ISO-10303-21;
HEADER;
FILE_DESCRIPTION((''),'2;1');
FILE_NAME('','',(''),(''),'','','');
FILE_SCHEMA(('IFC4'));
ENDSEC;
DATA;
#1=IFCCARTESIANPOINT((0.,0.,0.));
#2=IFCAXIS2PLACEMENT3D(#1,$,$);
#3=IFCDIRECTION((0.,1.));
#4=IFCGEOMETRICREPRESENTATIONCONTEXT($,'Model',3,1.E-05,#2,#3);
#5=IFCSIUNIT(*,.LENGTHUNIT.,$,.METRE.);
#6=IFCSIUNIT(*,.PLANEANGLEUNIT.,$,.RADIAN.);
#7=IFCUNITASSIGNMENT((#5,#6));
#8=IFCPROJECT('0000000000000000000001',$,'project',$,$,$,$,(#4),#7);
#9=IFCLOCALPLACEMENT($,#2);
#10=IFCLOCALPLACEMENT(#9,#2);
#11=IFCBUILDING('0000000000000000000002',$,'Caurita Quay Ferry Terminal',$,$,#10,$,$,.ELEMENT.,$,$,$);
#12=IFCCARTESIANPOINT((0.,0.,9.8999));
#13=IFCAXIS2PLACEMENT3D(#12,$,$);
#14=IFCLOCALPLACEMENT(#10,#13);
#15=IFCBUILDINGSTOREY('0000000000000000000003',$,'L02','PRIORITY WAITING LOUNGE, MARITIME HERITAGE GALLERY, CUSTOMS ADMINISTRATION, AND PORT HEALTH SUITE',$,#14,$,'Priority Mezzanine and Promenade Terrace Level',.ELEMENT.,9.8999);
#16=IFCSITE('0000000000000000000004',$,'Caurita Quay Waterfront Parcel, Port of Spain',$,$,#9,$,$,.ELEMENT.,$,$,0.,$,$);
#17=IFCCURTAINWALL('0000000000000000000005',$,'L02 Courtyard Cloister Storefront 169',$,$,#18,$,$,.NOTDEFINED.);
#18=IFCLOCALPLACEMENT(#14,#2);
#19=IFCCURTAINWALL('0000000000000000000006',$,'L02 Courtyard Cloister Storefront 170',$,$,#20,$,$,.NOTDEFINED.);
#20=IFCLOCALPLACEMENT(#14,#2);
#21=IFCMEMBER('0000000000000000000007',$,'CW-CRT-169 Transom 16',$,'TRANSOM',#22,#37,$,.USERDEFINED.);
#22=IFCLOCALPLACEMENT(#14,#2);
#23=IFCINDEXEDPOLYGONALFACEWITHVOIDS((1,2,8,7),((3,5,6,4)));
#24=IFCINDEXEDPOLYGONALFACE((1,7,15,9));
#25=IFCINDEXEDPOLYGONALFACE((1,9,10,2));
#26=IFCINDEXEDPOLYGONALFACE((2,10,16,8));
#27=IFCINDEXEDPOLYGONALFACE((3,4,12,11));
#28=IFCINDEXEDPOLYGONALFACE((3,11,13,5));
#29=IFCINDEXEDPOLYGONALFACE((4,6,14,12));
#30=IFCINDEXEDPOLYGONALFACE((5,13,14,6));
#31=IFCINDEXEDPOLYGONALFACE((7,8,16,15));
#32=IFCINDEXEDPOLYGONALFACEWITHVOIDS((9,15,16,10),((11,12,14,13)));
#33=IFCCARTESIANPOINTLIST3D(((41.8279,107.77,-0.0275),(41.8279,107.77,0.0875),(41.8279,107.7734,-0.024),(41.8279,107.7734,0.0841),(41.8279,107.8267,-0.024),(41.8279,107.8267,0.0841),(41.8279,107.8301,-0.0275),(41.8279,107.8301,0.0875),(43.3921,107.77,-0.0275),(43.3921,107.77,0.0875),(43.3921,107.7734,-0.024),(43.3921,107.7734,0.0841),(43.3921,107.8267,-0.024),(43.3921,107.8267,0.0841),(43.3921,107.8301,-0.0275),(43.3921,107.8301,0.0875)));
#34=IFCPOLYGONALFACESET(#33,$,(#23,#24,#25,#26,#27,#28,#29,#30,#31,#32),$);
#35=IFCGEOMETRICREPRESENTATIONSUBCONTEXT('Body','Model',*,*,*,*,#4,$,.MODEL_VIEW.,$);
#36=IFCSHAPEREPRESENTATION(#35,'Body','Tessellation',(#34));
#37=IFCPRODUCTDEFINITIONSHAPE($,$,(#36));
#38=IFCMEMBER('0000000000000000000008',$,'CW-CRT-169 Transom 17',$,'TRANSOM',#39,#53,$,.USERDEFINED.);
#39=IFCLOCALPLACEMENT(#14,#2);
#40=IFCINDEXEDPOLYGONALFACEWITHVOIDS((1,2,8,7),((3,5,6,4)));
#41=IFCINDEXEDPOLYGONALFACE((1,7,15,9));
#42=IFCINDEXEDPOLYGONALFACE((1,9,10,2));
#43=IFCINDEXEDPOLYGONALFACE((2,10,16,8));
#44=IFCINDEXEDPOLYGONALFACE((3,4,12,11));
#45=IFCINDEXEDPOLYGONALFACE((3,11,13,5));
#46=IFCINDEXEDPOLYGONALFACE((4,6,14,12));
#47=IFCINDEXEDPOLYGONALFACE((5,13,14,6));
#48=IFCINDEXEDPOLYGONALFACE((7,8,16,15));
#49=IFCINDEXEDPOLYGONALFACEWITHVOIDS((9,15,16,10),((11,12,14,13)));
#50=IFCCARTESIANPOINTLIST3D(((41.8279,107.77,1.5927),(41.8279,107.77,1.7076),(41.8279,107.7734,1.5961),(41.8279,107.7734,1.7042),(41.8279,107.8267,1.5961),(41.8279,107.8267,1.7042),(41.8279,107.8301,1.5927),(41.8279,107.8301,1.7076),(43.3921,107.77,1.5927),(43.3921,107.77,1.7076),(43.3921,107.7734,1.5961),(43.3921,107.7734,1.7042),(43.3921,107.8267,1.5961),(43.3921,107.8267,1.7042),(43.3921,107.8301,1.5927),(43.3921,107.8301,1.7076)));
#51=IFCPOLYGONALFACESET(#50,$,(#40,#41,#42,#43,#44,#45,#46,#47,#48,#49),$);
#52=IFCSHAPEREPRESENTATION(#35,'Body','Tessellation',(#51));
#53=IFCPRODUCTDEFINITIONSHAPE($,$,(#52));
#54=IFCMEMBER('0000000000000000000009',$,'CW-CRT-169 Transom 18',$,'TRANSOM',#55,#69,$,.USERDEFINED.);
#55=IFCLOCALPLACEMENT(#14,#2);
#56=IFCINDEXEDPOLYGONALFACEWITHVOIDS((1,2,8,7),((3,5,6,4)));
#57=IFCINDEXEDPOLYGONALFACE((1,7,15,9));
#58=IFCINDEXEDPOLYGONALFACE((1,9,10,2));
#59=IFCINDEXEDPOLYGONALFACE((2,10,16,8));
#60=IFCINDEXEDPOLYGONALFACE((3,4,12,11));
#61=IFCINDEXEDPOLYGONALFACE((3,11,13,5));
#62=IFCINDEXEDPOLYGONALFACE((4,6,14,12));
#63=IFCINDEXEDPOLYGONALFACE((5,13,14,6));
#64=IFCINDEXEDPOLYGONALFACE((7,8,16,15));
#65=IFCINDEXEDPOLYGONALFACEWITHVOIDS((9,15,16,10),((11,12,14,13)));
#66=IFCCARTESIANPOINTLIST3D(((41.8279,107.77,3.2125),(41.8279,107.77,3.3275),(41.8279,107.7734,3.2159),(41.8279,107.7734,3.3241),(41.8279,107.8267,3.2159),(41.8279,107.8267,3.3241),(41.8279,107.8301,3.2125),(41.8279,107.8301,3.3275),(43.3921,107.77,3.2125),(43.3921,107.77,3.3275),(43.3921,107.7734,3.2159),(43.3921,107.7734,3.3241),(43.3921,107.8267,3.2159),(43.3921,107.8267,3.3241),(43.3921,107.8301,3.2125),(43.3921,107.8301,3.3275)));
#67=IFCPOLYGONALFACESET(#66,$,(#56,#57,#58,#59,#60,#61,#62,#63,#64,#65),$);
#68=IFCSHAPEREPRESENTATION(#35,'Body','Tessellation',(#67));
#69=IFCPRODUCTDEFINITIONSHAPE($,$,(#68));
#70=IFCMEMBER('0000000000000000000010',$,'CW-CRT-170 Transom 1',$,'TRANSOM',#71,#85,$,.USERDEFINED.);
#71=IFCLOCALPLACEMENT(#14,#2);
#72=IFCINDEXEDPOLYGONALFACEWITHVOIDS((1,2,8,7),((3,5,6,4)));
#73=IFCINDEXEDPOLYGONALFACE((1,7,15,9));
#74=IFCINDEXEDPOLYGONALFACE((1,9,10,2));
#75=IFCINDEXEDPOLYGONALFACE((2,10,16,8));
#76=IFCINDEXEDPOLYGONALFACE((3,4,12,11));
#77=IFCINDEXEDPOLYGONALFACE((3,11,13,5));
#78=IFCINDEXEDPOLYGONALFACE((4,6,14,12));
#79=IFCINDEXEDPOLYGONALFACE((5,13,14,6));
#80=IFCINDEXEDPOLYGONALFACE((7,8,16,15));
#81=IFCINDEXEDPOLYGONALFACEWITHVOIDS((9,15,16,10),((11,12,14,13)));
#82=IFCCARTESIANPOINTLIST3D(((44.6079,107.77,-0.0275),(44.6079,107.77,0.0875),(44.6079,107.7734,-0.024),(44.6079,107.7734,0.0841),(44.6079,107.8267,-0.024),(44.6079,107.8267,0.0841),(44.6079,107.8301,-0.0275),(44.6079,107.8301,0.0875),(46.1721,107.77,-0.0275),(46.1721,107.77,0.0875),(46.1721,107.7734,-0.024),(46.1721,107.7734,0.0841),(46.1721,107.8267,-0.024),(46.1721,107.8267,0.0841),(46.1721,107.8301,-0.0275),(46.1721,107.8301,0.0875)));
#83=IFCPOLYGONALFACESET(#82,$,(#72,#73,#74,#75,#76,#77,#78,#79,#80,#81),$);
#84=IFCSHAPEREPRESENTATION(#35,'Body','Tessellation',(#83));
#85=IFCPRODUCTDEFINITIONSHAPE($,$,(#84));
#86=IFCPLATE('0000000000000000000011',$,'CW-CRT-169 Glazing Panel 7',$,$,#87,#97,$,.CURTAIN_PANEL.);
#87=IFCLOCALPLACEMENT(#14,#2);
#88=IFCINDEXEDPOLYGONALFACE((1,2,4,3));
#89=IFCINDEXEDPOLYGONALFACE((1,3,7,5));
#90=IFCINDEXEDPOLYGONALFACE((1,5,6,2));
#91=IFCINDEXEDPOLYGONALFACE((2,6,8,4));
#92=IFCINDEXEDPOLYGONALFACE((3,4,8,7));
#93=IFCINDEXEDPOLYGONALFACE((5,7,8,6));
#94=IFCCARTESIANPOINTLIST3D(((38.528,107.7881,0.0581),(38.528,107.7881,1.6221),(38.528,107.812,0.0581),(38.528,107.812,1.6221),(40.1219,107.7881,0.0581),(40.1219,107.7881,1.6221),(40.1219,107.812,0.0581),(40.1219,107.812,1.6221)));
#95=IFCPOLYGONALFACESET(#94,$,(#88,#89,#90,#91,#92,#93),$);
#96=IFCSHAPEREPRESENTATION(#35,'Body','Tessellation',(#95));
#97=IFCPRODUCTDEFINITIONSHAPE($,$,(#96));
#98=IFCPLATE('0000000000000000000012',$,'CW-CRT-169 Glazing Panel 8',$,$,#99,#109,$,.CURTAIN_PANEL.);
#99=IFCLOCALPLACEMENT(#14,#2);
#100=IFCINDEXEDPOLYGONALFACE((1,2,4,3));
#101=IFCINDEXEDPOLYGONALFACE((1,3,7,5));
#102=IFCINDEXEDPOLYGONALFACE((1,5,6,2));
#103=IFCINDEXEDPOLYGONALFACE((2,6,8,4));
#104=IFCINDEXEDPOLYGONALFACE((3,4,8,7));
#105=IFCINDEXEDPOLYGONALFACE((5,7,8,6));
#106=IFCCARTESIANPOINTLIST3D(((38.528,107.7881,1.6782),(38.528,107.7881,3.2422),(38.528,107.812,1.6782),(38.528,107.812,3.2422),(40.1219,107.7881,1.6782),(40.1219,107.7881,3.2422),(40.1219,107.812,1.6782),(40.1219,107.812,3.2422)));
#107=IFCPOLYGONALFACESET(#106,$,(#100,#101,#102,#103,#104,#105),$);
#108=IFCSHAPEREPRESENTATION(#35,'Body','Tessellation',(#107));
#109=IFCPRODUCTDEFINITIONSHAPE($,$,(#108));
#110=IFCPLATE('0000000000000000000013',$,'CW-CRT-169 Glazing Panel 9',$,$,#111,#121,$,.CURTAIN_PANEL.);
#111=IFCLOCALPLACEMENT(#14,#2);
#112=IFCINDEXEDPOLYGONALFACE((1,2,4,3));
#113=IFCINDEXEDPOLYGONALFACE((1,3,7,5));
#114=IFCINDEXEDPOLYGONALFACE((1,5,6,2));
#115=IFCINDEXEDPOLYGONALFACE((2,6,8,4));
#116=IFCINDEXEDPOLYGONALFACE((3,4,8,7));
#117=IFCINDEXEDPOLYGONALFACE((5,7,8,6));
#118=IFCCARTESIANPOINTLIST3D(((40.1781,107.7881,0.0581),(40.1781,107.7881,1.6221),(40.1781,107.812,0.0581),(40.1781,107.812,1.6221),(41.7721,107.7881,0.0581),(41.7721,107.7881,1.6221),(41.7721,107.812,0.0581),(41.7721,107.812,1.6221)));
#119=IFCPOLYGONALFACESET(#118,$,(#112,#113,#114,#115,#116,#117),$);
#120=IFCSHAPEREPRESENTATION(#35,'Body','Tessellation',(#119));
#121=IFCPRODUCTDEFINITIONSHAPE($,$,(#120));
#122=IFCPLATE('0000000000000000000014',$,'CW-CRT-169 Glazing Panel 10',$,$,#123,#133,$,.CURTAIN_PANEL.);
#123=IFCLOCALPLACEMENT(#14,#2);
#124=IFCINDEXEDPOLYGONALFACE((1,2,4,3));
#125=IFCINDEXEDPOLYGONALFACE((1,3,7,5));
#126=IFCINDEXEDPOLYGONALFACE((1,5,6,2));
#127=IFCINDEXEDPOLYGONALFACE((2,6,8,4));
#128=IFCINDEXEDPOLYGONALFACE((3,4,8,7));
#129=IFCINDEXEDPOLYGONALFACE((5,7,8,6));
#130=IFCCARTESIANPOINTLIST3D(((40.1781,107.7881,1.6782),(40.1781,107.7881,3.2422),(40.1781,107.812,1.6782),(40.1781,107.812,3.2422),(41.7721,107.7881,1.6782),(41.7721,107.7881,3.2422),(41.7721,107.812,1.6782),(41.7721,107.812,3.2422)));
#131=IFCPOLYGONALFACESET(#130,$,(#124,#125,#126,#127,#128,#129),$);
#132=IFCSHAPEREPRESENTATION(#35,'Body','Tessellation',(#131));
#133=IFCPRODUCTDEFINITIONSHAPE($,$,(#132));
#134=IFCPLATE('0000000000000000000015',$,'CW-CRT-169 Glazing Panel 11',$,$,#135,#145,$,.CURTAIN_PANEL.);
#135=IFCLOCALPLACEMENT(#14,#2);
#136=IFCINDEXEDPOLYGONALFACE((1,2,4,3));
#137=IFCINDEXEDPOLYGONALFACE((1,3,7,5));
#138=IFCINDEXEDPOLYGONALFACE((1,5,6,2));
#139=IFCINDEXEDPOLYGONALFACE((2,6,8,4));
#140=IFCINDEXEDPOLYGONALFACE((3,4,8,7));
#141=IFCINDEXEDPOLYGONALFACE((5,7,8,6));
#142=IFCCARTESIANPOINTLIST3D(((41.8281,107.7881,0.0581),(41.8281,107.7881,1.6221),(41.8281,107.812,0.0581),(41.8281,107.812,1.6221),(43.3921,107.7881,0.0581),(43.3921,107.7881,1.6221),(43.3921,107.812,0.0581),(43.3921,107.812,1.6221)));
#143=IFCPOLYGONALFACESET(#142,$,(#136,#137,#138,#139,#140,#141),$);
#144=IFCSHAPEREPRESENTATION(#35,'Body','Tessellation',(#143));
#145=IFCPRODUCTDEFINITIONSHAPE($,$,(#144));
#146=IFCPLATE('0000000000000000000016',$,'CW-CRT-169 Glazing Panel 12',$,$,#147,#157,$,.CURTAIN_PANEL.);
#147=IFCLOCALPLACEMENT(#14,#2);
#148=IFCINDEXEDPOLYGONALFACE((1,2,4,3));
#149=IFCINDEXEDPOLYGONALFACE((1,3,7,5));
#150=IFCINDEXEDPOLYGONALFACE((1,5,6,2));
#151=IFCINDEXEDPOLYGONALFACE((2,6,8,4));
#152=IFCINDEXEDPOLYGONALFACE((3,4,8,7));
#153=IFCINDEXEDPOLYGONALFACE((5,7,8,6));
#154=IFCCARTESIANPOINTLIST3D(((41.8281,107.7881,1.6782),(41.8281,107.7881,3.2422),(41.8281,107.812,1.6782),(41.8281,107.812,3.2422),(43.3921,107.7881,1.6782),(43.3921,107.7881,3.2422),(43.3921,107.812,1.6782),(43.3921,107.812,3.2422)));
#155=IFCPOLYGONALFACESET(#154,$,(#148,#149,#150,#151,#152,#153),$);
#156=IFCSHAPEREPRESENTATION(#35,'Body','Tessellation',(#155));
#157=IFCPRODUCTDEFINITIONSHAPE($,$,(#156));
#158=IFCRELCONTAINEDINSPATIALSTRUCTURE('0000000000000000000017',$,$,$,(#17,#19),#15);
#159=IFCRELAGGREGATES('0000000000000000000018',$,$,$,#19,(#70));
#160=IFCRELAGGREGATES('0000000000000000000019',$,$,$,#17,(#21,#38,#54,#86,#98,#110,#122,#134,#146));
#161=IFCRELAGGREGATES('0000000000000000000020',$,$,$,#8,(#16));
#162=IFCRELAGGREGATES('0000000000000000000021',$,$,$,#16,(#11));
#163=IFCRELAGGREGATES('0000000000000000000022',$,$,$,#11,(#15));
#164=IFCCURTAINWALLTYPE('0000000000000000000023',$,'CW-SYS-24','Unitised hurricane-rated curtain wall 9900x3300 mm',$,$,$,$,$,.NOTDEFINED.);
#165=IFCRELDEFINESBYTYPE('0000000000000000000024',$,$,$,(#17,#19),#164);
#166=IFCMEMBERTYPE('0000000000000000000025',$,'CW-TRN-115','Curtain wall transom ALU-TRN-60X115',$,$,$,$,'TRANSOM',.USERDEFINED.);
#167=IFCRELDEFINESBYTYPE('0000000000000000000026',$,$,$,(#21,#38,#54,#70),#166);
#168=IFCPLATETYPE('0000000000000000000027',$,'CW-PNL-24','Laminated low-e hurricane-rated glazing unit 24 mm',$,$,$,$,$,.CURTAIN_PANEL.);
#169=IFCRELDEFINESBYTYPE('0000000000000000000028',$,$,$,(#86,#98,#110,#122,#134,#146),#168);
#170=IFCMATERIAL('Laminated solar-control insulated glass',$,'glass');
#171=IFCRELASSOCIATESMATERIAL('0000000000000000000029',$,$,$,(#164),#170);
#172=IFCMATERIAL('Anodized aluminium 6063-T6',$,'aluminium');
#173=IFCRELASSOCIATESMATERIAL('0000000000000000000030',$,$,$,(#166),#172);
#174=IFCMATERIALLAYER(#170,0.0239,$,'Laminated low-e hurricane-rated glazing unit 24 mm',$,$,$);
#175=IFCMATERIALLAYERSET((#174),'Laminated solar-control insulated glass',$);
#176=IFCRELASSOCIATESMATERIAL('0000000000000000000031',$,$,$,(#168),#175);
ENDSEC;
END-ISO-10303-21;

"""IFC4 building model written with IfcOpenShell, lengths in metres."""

from ifc_helpers import new_model, si_unit, direction, frame, origin, origin_2d, place, context, subcontext, project, spatial, rectangle, hollow_rectangle, extrude, material, layer, layer_set, material_profile, profile_set, type_object, element, aggregate, save


model = new_model("IFC4")

# Units and contexts
model_context = context("Model", 3, precision=1e-05, world=origin(), true_north=direction((0.0, 1.0)))
body_context = subcontext(model_context, "Body", "Model", "MODEL_VIEW")
ifc_project = project(units=[si_unit("LENGTHUNIT", "METRE"), si_unit("PLANEANGLEUNIT", "RADIAN")], contexts=[model_context])

# Site, building, storey
site_placement = place(None, origin())
site = spatial("IfcSite", under=ifc_project, at=site_placement, Name="Caurita Quay Waterfront Parcel, Port of Spain", CompositionType="ELEMENT", RefElevation=0.0)
building_placement = place(site_placement, origin())
building = spatial("IfcBuilding", under=site, at=building_placement, Name="Caurita Quay Ferry Terminal", CompositionType="ELEMENT")
storey_placement = place(building_placement, frame((0.0, 0.0, 9.8999)))
storey = spatial("IfcBuildingStorey", under=building, at=storey_placement, Name="L02", Description="PRIORITY WAITING LOUNGE, MARITIME HERITAGE GALLERY, CUSTOMS ADMINISTRATION, AND PORT HEALTH SUITE", LongName="Priority Mezzanine and Promenade Terrace Level", CompositionType="ELEMENT", Elevation=9.8999)

# Curtain wall
ifc_material_1 = material(Name="Laminated solar-control insulated glass", Category="glass")
curtain_wall_type = type_object("IfcCurtainWallType", Name="CW-SYS-24", Description="Unitised hurricane-rated curtain wall 9900x3300 mm", PredefinedType="NOTDEFINED", material=ifc_material_1)
curtain_wall_1_placement = place(storey_placement, origin())
curtain_wall_1 = element("IfcCurtainWall", 1, at=curtain_wall_1_placement, inside=storey, type_object=curtain_wall_type, Name="L02 Courtyard Cloister Storefront 169", PredefinedType="NOTDEFINED")
ifc_material_2 = material(Name="Anodized aluminium 6063-T6", Category="aluminium")

# Curtain wall
curtain_wall_2_placement = place(storey_placement, origin())
curtain_wall_2 = element("IfcCurtainWall", 2, at=curtain_wall_2_placement, inside=storey, type_object=curtain_wall_type, Name="L02 Courtyard Cloister Storefront 170", PredefinedType="NOTDEFINED")

# Members
ifc_material_profile_1 = material_profile(ifc_material_2, hollow_rectangle(XDim=0.0601, YDim=0.115, WallThickness=0.0034, at=origin_2d()), Name="ALU-TRN-60X115")
ifc_profile_set_1 = profile_set([ifc_material_profile_1], Name="Anodized aluminium 6063-T6")
member_type_1 = type_object("IfcMemberType", Name="CW-TRN-115", Description="Curtain wall transom ALU-TRN-60X115", ElementType="TRANSOM", PredefinedType="USERDEFINED", material=ifc_profile_set_1)
member_1_placement = place(storey_placement, frame((41.8279, 107.8, 0.03), z_axis=(1.0, 0.0, 0.0), x_axis=(0.0, 1.0, 0.0)))
member_1 = element("IfcMember", 3, at=member_1_placement, type_object=member_type_1, Name="CW-CRT-169 Transom 16", ObjectType="TRANSOM", PredefinedType="USERDEFINED", context=body_context, shape_type="SweptSolid", body=[
    extrude(hollow_rectangle(XDim=0.0601, YDim=0.115, WallThickness=0.0034, at=origin_2d()), origin(), (0.0, 0.0, 1.0), 1.5642),
])
member_2_placement = place(storey_placement, frame((41.8279, 107.8, 1.6501), z_axis=(1.0, 0.0, 0.0), x_axis=(0.0, 1.0, 0.0)))
member_2 = element("IfcMember", 4, at=member_2_placement, type_object=member_type_1, Name="CW-CRT-169 Transom 17", ObjectType="TRANSOM", PredefinedType="USERDEFINED", context=body_context, shape_type="SweptSolid", body=[
    extrude(hollow_rectangle(XDim=0.0601, YDim=0.115, WallThickness=0.0034, at=origin_2d()), origin(), (0.0, 0.0, 1.0), 1.5642),
])
member_3_placement = place(storey_placement, frame((41.8279, 107.8, 3.27), z_axis=(1.0, 0.0, 0.0), x_axis=(0.0, 1.0, 0.0)))
member_3 = element("IfcMember", 5, at=member_3_placement, type_object=member_type_1, Name="CW-CRT-169 Transom 18", ObjectType="TRANSOM", PredefinedType="USERDEFINED", context=body_context, shape_type="SweptSolid", body=[
    extrude(hollow_rectangle(XDim=0.0601, YDim=0.115, WallThickness=0.0034, at=origin_2d()), origin(), (0.0, 0.0, 1.0), 1.5642),
])
member_4_placement = place(storey_placement, frame((44.6079, 107.8, 0.03), z_axis=(1.0, 0.0, 0.0), x_axis=(0.0, 1.0, 0.0)))
member_4 = element("IfcMember", 6, at=member_4_placement, type_object=member_type_1, Name="CW-CRT-170 Transom 1", ObjectType="TRANSOM", PredefinedType="USERDEFINED", context=body_context, shape_type="SweptSolid", body=[
    extrude(hollow_rectangle(XDim=0.0601, YDim=0.115, WallThickness=0.0034, at=origin_2d()), origin(), (0.0, 0.0, 1.0), 1.5642),
])
aggregate(curtain_wall_2, [member_4])

# Plates
ifc_layer = layer(ifc_material_1, 0.0239, Name="Laminated low-e hurricane-rated glazing unit 24 mm")
ifc_layer_set = layer_set([ifc_layer], Name="Laminated solar-control insulated glass")
plate_type = type_object("IfcPlateType", Name="CW-PNL-24", Description="Laminated low-e hurricane-rated glazing unit 24 mm", PredefinedType="CURTAIN_PANEL", material=ifc_layer_set)
plate_1_placement = place(storey_placement, frame((39.325, 107.8, 0.0581), z_axis=(0.0, 0.0, 1.0), x_axis=(1.0, 0.0, 0.0)))
plate_1 = element("IfcPlate", 7, at=plate_1_placement, type_object=plate_type, Name="CW-CRT-169 Glazing Panel 7", PredefinedType="CURTAIN_PANEL", context=body_context, shape_type="SweptSolid", body=[
    extrude(rectangle(XDim=1.594, YDim=0.0239, at=origin_2d()), origin(), (0.0, 0.0, 1.0), 1.564),
])
plate_2_placement = place(storey_placement, frame((39.325, 107.8, 1.6782), z_axis=(0.0, 0.0, 1.0), x_axis=(1.0, 0.0, 0.0)))
plate_2 = element("IfcPlate", 8, at=plate_2_placement, type_object=plate_type, Name="CW-CRT-169 Glazing Panel 8", PredefinedType="CURTAIN_PANEL", context=body_context, shape_type="SweptSolid", body=[
    extrude(rectangle(XDim=1.594, YDim=0.0239, at=origin_2d()), origin(), (0.0, 0.0, 1.0), 1.564),
])
plate_3_placement = place(storey_placement, frame((40.9751, 107.8, 0.0581), z_axis=(0.0, 0.0, 1.0), x_axis=(1.0, 0.0, 0.0)))
plate_3 = element("IfcPlate", 9, at=plate_3_placement, type_object=plate_type, Name="CW-CRT-169 Glazing Panel 9", PredefinedType="CURTAIN_PANEL", context=body_context, shape_type="SweptSolid", body=[
    extrude(rectangle(XDim=1.594, YDim=0.0239, at=origin_2d()), origin(), (0.0, 0.0, 1.0), 1.564),
])
plate_4_placement = place(storey_placement, frame((40.9751, 107.8, 1.6782), z_axis=(0.0, 0.0, 1.0), x_axis=(1.0, 0.0, 0.0)))
plate_4 = element("IfcPlate", 10, at=plate_4_placement, type_object=plate_type, Name="CW-CRT-169 Glazing Panel 10", PredefinedType="CURTAIN_PANEL", context=body_context, shape_type="SweptSolid", body=[
    extrude(rectangle(XDim=1.594, YDim=0.0239, at=origin_2d()), origin(), (0.0, 0.0, 1.0), 1.564),
])
plate_5_placement = place(storey_placement, frame((42.6101, 107.8, 0.0581), z_axis=(0.0, 0.0, 1.0), x_axis=(1.0, 0.0, 0.0)))
plate_5 = element("IfcPlate", 11, at=plate_5_placement, type_object=plate_type, Name="CW-CRT-169 Glazing Panel 11", PredefinedType="CURTAIN_PANEL", context=body_context, shape_type="SweptSolid", body=[
    extrude(rectangle(XDim=1.564, YDim=0.0239, at=origin_2d()), origin(), (0.0, 0.0, 1.0), 1.564),
])
plate_6_placement = place(storey_placement, frame((42.6101, 107.8, 1.6782), z_axis=(0.0, 0.0, 1.0), x_axis=(1.0, 0.0, 0.0)))
plate_6 = element("IfcPlate", 12, at=plate_6_placement, type_object=plate_type, Name="CW-CRT-169 Glazing Panel 12", PredefinedType="CURTAIN_PANEL", context=body_context, shape_type="SweptSolid", body=[
    extrude(rectangle(XDim=1.564, YDim=0.0239, at=origin_2d()), origin(), (0.0, 0.0, 1.0), 1.564),
])
aggregate(curtain_wall_1, [member_1, member_2, member_3, plate_1, plate_2, plate_3, plate_4, plate_5, plate_6])

save(model, "model.ifc")
